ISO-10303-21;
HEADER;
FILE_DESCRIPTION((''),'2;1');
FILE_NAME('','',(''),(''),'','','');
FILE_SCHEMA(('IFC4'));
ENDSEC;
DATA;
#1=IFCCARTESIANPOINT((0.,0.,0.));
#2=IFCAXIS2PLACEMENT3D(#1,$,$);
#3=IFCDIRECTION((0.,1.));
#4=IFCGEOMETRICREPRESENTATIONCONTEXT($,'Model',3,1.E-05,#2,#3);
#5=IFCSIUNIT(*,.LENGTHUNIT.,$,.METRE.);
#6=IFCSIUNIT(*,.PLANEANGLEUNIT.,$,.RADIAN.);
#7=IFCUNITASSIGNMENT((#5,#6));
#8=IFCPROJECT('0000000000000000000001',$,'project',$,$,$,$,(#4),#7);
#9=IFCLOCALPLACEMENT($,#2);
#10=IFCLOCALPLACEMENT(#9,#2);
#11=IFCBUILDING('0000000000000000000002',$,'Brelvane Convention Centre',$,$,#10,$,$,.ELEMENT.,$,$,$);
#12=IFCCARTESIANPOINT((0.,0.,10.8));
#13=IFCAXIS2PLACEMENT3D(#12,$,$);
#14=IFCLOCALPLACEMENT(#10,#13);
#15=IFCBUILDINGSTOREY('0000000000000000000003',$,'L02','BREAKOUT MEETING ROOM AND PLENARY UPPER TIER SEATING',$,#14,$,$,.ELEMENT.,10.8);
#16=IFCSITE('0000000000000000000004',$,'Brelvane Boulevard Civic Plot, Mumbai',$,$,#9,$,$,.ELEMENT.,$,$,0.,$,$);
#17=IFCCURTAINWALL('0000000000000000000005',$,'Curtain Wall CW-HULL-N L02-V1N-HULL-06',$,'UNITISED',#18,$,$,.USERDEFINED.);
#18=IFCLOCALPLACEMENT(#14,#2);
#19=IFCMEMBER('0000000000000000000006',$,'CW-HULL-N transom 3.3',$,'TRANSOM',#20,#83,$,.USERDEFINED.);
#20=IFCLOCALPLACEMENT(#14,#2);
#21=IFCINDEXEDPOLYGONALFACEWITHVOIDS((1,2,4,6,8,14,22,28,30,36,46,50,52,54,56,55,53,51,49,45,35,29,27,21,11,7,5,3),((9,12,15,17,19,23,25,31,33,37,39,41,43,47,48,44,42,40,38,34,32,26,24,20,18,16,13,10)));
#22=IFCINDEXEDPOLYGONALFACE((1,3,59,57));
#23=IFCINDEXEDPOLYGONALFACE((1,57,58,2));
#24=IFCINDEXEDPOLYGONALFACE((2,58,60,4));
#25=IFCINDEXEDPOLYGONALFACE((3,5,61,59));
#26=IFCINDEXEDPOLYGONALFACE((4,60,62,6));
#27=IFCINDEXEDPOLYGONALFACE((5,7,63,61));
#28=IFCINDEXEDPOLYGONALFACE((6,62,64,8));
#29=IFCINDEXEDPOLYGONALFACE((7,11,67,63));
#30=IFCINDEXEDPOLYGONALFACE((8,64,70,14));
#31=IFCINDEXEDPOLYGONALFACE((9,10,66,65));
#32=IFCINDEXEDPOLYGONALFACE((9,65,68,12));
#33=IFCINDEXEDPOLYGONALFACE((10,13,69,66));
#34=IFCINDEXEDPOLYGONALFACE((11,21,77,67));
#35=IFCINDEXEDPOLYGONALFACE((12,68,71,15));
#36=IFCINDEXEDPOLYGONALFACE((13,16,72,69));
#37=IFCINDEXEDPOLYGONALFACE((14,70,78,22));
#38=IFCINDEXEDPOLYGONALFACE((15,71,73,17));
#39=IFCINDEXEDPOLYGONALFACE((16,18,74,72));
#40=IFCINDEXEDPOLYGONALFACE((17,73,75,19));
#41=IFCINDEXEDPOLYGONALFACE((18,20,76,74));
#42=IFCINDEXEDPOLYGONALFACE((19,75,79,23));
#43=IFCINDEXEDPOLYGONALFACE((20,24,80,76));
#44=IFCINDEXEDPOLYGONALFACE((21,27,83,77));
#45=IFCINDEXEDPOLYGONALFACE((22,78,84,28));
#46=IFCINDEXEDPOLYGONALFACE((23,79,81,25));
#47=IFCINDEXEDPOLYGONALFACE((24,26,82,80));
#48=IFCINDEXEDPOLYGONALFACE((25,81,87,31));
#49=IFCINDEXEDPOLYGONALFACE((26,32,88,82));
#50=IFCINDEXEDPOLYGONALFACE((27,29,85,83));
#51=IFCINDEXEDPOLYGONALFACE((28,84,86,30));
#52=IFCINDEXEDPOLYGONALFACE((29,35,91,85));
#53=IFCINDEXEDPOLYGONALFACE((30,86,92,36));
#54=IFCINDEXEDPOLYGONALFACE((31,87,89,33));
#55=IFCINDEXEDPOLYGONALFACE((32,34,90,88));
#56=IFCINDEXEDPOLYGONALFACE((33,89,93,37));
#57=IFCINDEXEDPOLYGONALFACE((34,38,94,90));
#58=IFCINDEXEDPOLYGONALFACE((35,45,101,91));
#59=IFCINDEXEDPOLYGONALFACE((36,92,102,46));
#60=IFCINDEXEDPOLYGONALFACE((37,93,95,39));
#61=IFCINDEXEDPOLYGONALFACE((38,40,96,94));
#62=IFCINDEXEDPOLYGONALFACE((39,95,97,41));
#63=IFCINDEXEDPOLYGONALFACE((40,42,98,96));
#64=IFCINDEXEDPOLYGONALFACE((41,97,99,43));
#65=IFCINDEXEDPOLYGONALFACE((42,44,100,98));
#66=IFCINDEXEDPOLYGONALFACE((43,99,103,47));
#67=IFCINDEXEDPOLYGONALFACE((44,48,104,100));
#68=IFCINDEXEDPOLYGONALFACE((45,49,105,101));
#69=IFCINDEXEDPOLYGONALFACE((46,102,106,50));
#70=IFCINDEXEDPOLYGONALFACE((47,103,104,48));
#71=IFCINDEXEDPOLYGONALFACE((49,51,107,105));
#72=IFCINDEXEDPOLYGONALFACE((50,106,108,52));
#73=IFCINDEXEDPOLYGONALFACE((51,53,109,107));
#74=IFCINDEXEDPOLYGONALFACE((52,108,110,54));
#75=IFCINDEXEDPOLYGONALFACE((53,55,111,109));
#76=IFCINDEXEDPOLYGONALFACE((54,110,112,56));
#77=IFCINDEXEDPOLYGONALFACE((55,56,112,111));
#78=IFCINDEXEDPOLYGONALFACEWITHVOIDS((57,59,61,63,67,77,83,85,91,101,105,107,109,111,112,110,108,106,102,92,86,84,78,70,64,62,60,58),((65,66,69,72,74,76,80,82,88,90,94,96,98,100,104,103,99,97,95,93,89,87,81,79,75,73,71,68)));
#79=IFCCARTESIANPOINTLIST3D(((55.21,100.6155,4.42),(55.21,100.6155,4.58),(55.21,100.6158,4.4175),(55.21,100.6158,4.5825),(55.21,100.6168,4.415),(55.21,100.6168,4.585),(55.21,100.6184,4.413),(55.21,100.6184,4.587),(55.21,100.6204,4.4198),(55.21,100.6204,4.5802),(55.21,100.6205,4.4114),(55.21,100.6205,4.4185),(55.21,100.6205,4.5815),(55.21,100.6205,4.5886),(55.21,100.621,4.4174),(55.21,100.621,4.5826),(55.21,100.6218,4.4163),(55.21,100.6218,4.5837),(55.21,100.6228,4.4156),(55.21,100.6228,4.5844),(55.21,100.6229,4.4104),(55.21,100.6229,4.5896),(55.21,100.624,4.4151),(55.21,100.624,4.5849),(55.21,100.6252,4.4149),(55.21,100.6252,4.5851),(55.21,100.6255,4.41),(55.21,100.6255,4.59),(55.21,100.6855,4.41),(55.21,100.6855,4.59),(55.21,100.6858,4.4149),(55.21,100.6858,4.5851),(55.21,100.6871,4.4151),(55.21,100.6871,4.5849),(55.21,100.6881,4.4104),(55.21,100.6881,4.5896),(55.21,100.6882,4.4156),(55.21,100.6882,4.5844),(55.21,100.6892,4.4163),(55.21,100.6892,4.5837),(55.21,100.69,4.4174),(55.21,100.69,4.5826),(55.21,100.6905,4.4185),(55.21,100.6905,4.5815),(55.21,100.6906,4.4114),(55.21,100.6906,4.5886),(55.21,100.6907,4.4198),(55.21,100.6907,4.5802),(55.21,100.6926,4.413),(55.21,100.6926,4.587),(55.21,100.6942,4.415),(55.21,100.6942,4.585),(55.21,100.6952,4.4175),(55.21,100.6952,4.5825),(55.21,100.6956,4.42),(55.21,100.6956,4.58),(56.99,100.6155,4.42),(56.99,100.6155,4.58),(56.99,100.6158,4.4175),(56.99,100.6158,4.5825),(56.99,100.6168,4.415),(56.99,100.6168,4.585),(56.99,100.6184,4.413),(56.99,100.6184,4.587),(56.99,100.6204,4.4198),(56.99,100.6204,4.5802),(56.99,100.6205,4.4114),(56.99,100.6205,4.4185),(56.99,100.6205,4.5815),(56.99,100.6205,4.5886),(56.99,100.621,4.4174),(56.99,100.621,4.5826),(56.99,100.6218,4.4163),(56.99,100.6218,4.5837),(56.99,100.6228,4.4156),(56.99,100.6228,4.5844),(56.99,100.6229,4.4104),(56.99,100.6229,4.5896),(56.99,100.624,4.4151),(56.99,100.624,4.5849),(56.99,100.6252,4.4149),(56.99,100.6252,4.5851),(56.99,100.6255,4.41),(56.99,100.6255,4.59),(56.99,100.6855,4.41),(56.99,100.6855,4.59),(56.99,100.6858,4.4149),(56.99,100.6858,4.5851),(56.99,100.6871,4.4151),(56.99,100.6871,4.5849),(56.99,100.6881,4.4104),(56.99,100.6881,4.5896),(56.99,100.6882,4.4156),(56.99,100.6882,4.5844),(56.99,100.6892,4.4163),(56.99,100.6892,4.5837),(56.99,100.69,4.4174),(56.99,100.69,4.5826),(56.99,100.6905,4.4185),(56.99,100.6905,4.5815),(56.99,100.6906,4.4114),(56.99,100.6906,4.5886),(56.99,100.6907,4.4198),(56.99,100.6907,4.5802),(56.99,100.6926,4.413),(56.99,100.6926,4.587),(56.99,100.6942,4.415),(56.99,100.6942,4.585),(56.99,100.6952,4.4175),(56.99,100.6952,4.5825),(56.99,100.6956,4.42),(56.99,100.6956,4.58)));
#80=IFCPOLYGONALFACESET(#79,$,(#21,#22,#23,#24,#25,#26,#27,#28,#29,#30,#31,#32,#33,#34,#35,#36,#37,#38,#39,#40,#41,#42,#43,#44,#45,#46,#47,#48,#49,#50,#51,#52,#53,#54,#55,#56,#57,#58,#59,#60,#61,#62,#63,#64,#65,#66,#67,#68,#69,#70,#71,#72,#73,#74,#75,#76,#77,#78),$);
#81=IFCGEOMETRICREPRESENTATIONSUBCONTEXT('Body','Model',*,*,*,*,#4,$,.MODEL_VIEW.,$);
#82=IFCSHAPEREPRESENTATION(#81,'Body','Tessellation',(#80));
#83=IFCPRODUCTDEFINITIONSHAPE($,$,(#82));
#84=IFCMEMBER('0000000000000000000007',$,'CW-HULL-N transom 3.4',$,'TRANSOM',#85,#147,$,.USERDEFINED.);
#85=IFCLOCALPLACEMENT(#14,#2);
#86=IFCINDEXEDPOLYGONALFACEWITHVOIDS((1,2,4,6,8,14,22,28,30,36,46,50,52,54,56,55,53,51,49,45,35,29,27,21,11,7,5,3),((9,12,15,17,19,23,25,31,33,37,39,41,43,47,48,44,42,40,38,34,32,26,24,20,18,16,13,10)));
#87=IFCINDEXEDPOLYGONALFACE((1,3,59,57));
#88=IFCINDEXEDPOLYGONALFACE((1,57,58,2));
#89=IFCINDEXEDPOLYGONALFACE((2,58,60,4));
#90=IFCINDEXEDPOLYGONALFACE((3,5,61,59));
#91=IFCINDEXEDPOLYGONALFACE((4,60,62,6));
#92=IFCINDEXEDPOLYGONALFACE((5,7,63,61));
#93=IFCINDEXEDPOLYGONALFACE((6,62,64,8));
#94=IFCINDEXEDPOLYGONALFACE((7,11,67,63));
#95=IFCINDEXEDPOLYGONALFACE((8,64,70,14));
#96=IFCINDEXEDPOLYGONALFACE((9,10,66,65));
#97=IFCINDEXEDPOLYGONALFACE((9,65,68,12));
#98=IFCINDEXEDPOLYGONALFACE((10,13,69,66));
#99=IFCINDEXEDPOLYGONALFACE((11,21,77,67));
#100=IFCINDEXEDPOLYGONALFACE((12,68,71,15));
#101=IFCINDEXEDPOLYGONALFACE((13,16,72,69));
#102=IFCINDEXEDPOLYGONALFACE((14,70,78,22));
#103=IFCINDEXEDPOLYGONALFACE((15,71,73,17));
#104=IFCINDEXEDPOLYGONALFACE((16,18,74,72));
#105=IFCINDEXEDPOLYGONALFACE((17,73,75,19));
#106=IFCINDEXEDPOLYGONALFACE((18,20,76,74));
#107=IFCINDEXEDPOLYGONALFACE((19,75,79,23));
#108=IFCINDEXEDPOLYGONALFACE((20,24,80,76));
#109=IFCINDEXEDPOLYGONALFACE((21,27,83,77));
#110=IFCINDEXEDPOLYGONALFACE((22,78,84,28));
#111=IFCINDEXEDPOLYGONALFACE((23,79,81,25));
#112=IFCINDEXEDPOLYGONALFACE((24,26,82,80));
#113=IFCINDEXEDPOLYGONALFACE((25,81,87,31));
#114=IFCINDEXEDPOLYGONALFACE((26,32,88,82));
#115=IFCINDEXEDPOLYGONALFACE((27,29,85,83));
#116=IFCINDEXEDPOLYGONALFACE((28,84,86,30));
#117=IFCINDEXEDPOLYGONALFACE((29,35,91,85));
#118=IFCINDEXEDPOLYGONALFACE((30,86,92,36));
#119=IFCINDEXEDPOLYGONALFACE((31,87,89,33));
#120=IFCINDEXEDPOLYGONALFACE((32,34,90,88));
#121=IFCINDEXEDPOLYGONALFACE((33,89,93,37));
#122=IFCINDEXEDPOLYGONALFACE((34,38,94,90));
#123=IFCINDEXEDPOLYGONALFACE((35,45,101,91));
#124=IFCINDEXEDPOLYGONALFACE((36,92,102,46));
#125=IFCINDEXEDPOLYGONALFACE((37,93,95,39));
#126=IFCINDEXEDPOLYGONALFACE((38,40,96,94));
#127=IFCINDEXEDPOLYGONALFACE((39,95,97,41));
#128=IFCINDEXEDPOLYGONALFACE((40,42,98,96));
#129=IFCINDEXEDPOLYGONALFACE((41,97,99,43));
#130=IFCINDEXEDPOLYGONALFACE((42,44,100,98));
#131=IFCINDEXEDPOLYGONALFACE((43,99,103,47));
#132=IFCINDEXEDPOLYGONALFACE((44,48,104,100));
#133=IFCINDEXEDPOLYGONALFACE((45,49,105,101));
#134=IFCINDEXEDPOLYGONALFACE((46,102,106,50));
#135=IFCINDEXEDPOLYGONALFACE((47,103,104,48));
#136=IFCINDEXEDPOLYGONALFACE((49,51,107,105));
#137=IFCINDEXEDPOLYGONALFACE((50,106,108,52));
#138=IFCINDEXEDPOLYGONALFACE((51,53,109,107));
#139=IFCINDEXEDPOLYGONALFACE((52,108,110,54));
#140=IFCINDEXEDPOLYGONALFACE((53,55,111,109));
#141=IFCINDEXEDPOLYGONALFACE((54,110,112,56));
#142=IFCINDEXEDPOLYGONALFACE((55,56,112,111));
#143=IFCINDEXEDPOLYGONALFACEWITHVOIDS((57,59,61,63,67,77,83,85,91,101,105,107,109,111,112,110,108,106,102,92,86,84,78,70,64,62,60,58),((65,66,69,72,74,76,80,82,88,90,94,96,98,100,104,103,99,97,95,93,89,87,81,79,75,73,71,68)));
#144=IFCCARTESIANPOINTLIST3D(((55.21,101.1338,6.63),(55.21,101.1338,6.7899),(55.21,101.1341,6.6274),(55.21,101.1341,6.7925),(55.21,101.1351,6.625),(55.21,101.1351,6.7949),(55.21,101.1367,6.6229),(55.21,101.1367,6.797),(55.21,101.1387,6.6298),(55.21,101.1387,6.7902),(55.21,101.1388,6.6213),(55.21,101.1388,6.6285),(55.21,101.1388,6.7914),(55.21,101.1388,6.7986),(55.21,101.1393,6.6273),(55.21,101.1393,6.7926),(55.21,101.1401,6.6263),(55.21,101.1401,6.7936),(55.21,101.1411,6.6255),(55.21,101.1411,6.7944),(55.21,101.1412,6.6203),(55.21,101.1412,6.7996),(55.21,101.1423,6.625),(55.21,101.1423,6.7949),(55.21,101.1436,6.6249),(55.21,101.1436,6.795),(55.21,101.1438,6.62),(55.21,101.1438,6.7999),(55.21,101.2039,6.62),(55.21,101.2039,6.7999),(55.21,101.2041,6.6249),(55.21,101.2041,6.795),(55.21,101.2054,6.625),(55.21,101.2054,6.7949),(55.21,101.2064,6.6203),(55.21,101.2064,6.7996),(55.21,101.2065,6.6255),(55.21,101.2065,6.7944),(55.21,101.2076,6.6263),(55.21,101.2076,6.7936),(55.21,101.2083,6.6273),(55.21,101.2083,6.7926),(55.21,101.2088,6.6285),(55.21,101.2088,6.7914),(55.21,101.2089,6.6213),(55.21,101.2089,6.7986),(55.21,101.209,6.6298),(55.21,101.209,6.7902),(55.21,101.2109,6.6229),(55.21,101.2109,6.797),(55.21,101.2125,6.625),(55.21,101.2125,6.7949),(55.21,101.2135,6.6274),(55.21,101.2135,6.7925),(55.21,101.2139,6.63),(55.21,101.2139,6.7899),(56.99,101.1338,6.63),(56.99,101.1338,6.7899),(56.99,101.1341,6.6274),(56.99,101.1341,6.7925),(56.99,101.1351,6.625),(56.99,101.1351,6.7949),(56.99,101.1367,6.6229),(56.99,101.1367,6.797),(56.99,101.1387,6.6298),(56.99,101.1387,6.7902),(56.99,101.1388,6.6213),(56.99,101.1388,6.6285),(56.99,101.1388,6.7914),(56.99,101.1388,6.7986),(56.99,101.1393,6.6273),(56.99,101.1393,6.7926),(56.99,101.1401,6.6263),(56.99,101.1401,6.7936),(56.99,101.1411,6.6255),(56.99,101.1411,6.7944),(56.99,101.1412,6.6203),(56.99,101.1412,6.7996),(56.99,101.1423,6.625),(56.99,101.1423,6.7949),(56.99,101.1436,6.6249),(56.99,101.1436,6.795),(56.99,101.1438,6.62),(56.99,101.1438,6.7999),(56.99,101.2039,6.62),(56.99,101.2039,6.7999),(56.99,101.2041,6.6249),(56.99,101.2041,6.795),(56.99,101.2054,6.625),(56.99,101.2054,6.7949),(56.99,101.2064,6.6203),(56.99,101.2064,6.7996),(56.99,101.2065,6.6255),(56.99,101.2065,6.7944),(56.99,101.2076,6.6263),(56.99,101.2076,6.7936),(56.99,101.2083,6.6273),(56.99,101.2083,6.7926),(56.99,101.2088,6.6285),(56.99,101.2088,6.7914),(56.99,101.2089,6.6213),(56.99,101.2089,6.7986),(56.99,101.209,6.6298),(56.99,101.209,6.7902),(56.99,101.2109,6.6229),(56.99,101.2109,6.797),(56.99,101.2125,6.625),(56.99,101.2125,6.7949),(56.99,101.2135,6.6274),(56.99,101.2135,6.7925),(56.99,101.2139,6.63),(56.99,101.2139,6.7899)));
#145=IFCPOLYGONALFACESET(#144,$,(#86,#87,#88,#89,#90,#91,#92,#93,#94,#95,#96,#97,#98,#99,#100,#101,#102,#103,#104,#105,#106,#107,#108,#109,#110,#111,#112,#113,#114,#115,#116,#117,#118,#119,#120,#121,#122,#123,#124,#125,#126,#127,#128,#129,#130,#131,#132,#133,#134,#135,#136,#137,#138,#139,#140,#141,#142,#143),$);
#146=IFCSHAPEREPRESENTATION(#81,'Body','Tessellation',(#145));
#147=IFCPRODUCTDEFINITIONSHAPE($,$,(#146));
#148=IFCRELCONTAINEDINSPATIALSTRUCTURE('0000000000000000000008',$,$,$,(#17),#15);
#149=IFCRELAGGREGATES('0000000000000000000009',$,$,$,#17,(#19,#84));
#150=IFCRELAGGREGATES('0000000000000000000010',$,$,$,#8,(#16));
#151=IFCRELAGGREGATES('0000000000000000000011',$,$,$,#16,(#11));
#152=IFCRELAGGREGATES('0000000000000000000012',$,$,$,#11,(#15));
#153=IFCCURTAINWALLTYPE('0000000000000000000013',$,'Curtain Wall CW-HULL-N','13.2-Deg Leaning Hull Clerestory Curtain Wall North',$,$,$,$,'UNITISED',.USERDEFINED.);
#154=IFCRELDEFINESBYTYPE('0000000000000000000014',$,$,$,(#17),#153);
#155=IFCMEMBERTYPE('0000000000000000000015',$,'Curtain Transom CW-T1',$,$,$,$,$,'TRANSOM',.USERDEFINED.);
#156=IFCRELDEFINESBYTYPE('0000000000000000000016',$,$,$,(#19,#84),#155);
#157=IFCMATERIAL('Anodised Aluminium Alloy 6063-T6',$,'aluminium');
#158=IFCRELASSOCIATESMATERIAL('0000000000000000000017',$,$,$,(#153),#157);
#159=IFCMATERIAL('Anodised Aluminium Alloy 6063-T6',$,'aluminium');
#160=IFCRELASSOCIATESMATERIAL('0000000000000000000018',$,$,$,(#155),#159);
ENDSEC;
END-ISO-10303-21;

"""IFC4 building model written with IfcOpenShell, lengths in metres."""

from ifc_helpers import new_model, si_unit, direction, frame, origin, origin_2d, place, context, subcontext, project, spatial, hollow_rectangle, extrude, material, material_profile, profile_set, type_object, element, aggregate, save


model = new_model("IFC4")

# Units and contexts
model_context = context("Model", 3, precision=1e-05, world=origin(), true_north=direction((0.0, 1.0)))
body_context = subcontext(model_context, "Body", "Model", "MODEL_VIEW")
ifc_project = project(units=[si_unit("LENGTHUNIT", "METRE"), si_unit("PLANEANGLEUNIT", "RADIAN")], contexts=[model_context])

# Site, building, storey
site_placement = place(None, origin())
site = spatial("IfcSite", under=ifc_project, at=site_placement, Name="Brelvane Boulevard Civic Plot, Mumbai", CompositionType="ELEMENT", RefElevation=0.0)
building_placement = place(site_placement, origin())
building = spatial("IfcBuilding", under=site, at=building_placement, Name="Brelvane Convention Centre", CompositionType="ELEMENT")
storey_placement = place(building_placement, frame((0.0, 0.0, 10.8)))
storey = spatial("IfcBuildingStorey", under=building, at=storey_placement, Name="L02", Description="BREAKOUT MEETING ROOM AND PLENARY UPPER TIER SEATING", CompositionType="ELEMENT", Elevation=10.8)

# Curtain wall, members
ifc_material_1 = material(Name="Anodised Aluminium Alloy 6063-T6", Category="aluminium")
curtain_wall_type = type_object("IfcCurtainWallType", Name="Curtain Wall CW-HULL-N", Description="13.2-Deg Leaning Hull Clerestory Curtain Wall North", ElementType="UNITISED", PredefinedType="USERDEFINED", material=ifc_material_1)
curtain_wall_placement = place(storey_placement, origin())
curtain_wall = element("IfcCurtainWall", 1, at=curtain_wall_placement, inside=storey, type_object=curtain_wall_type, Name="Curtain Wall CW-HULL-N L02-V1N-HULL-06", ObjectType="UNITISED", PredefinedType="USERDEFINED")
ifc_material_2 = material(Name="Anodised Aluminium Alloy 6063-T6", Category="aluminium")
ifc_material_profile_1 = material_profile(ifc_material_2, hollow_rectangle(XDim=0.0801, YDim=0.1799, WallThickness=0.0049, InnerFilletRadius=0.0049, OuterFilletRadius=0.01, at=origin_2d()), Name="ALU-T 180x80x5.0")
ifc_profile_set_1 = profile_set([ifc_material_profile_1], Name="Anodised Aluminium Alloy 6063-T6")
member_type_1 = type_object("IfcMemberType", Name="Curtain Transom CW-T1", ElementType="TRANSOM", PredefinedType="USERDEFINED", material=ifc_profile_set_1)
member_1_placement = place(storey_placement, frame((55.21, 100.6555, 4.5), z_axis=(1.0, 0.0, 0.0), x_axis=(0.0, 1.0, 0.0)))
member_1 = element("IfcMember", 2, at=member_1_placement, type_object=member_type_1, Name="CW-HULL-N transom 3.3", ObjectType="TRANSOM", PredefinedType="USERDEFINED", context=body_context, shape_type="SweptSolid", body=[
    extrude(hollow_rectangle(XDim=0.0801, YDim=0.1799, WallThickness=0.0049, InnerFilletRadius=0.0049, OuterFilletRadius=0.01, at=origin_2d()), origin(), (0.0, 0.0, 1.0), 1.78),
])
member_2_placement = place(storey_placement, frame((55.21, 101.1738, 6.71), z_axis=(1.0, 0.0, 0.0), x_axis=(0.0, 1.0, 0.0)))
member_2 = element("IfcMember", 3, at=member_2_placement, type_object=member_type_1, Name="CW-HULL-N transom 3.4", ObjectType="TRANSOM", PredefinedType="USERDEFINED", context=body_context, shape_type="SweptSolid", body=[
    extrude(hollow_rectangle(XDim=0.0801, YDim=0.1799, WallThickness=0.0049, InnerFilletRadius=0.0049, OuterFilletRadius=0.01, at=origin_2d()), origin(), (0.0, 0.0, 1.0), 1.78),
])

aggregate(curtain_wall, [member_1, member_2])

save(model, "model.ifc")
